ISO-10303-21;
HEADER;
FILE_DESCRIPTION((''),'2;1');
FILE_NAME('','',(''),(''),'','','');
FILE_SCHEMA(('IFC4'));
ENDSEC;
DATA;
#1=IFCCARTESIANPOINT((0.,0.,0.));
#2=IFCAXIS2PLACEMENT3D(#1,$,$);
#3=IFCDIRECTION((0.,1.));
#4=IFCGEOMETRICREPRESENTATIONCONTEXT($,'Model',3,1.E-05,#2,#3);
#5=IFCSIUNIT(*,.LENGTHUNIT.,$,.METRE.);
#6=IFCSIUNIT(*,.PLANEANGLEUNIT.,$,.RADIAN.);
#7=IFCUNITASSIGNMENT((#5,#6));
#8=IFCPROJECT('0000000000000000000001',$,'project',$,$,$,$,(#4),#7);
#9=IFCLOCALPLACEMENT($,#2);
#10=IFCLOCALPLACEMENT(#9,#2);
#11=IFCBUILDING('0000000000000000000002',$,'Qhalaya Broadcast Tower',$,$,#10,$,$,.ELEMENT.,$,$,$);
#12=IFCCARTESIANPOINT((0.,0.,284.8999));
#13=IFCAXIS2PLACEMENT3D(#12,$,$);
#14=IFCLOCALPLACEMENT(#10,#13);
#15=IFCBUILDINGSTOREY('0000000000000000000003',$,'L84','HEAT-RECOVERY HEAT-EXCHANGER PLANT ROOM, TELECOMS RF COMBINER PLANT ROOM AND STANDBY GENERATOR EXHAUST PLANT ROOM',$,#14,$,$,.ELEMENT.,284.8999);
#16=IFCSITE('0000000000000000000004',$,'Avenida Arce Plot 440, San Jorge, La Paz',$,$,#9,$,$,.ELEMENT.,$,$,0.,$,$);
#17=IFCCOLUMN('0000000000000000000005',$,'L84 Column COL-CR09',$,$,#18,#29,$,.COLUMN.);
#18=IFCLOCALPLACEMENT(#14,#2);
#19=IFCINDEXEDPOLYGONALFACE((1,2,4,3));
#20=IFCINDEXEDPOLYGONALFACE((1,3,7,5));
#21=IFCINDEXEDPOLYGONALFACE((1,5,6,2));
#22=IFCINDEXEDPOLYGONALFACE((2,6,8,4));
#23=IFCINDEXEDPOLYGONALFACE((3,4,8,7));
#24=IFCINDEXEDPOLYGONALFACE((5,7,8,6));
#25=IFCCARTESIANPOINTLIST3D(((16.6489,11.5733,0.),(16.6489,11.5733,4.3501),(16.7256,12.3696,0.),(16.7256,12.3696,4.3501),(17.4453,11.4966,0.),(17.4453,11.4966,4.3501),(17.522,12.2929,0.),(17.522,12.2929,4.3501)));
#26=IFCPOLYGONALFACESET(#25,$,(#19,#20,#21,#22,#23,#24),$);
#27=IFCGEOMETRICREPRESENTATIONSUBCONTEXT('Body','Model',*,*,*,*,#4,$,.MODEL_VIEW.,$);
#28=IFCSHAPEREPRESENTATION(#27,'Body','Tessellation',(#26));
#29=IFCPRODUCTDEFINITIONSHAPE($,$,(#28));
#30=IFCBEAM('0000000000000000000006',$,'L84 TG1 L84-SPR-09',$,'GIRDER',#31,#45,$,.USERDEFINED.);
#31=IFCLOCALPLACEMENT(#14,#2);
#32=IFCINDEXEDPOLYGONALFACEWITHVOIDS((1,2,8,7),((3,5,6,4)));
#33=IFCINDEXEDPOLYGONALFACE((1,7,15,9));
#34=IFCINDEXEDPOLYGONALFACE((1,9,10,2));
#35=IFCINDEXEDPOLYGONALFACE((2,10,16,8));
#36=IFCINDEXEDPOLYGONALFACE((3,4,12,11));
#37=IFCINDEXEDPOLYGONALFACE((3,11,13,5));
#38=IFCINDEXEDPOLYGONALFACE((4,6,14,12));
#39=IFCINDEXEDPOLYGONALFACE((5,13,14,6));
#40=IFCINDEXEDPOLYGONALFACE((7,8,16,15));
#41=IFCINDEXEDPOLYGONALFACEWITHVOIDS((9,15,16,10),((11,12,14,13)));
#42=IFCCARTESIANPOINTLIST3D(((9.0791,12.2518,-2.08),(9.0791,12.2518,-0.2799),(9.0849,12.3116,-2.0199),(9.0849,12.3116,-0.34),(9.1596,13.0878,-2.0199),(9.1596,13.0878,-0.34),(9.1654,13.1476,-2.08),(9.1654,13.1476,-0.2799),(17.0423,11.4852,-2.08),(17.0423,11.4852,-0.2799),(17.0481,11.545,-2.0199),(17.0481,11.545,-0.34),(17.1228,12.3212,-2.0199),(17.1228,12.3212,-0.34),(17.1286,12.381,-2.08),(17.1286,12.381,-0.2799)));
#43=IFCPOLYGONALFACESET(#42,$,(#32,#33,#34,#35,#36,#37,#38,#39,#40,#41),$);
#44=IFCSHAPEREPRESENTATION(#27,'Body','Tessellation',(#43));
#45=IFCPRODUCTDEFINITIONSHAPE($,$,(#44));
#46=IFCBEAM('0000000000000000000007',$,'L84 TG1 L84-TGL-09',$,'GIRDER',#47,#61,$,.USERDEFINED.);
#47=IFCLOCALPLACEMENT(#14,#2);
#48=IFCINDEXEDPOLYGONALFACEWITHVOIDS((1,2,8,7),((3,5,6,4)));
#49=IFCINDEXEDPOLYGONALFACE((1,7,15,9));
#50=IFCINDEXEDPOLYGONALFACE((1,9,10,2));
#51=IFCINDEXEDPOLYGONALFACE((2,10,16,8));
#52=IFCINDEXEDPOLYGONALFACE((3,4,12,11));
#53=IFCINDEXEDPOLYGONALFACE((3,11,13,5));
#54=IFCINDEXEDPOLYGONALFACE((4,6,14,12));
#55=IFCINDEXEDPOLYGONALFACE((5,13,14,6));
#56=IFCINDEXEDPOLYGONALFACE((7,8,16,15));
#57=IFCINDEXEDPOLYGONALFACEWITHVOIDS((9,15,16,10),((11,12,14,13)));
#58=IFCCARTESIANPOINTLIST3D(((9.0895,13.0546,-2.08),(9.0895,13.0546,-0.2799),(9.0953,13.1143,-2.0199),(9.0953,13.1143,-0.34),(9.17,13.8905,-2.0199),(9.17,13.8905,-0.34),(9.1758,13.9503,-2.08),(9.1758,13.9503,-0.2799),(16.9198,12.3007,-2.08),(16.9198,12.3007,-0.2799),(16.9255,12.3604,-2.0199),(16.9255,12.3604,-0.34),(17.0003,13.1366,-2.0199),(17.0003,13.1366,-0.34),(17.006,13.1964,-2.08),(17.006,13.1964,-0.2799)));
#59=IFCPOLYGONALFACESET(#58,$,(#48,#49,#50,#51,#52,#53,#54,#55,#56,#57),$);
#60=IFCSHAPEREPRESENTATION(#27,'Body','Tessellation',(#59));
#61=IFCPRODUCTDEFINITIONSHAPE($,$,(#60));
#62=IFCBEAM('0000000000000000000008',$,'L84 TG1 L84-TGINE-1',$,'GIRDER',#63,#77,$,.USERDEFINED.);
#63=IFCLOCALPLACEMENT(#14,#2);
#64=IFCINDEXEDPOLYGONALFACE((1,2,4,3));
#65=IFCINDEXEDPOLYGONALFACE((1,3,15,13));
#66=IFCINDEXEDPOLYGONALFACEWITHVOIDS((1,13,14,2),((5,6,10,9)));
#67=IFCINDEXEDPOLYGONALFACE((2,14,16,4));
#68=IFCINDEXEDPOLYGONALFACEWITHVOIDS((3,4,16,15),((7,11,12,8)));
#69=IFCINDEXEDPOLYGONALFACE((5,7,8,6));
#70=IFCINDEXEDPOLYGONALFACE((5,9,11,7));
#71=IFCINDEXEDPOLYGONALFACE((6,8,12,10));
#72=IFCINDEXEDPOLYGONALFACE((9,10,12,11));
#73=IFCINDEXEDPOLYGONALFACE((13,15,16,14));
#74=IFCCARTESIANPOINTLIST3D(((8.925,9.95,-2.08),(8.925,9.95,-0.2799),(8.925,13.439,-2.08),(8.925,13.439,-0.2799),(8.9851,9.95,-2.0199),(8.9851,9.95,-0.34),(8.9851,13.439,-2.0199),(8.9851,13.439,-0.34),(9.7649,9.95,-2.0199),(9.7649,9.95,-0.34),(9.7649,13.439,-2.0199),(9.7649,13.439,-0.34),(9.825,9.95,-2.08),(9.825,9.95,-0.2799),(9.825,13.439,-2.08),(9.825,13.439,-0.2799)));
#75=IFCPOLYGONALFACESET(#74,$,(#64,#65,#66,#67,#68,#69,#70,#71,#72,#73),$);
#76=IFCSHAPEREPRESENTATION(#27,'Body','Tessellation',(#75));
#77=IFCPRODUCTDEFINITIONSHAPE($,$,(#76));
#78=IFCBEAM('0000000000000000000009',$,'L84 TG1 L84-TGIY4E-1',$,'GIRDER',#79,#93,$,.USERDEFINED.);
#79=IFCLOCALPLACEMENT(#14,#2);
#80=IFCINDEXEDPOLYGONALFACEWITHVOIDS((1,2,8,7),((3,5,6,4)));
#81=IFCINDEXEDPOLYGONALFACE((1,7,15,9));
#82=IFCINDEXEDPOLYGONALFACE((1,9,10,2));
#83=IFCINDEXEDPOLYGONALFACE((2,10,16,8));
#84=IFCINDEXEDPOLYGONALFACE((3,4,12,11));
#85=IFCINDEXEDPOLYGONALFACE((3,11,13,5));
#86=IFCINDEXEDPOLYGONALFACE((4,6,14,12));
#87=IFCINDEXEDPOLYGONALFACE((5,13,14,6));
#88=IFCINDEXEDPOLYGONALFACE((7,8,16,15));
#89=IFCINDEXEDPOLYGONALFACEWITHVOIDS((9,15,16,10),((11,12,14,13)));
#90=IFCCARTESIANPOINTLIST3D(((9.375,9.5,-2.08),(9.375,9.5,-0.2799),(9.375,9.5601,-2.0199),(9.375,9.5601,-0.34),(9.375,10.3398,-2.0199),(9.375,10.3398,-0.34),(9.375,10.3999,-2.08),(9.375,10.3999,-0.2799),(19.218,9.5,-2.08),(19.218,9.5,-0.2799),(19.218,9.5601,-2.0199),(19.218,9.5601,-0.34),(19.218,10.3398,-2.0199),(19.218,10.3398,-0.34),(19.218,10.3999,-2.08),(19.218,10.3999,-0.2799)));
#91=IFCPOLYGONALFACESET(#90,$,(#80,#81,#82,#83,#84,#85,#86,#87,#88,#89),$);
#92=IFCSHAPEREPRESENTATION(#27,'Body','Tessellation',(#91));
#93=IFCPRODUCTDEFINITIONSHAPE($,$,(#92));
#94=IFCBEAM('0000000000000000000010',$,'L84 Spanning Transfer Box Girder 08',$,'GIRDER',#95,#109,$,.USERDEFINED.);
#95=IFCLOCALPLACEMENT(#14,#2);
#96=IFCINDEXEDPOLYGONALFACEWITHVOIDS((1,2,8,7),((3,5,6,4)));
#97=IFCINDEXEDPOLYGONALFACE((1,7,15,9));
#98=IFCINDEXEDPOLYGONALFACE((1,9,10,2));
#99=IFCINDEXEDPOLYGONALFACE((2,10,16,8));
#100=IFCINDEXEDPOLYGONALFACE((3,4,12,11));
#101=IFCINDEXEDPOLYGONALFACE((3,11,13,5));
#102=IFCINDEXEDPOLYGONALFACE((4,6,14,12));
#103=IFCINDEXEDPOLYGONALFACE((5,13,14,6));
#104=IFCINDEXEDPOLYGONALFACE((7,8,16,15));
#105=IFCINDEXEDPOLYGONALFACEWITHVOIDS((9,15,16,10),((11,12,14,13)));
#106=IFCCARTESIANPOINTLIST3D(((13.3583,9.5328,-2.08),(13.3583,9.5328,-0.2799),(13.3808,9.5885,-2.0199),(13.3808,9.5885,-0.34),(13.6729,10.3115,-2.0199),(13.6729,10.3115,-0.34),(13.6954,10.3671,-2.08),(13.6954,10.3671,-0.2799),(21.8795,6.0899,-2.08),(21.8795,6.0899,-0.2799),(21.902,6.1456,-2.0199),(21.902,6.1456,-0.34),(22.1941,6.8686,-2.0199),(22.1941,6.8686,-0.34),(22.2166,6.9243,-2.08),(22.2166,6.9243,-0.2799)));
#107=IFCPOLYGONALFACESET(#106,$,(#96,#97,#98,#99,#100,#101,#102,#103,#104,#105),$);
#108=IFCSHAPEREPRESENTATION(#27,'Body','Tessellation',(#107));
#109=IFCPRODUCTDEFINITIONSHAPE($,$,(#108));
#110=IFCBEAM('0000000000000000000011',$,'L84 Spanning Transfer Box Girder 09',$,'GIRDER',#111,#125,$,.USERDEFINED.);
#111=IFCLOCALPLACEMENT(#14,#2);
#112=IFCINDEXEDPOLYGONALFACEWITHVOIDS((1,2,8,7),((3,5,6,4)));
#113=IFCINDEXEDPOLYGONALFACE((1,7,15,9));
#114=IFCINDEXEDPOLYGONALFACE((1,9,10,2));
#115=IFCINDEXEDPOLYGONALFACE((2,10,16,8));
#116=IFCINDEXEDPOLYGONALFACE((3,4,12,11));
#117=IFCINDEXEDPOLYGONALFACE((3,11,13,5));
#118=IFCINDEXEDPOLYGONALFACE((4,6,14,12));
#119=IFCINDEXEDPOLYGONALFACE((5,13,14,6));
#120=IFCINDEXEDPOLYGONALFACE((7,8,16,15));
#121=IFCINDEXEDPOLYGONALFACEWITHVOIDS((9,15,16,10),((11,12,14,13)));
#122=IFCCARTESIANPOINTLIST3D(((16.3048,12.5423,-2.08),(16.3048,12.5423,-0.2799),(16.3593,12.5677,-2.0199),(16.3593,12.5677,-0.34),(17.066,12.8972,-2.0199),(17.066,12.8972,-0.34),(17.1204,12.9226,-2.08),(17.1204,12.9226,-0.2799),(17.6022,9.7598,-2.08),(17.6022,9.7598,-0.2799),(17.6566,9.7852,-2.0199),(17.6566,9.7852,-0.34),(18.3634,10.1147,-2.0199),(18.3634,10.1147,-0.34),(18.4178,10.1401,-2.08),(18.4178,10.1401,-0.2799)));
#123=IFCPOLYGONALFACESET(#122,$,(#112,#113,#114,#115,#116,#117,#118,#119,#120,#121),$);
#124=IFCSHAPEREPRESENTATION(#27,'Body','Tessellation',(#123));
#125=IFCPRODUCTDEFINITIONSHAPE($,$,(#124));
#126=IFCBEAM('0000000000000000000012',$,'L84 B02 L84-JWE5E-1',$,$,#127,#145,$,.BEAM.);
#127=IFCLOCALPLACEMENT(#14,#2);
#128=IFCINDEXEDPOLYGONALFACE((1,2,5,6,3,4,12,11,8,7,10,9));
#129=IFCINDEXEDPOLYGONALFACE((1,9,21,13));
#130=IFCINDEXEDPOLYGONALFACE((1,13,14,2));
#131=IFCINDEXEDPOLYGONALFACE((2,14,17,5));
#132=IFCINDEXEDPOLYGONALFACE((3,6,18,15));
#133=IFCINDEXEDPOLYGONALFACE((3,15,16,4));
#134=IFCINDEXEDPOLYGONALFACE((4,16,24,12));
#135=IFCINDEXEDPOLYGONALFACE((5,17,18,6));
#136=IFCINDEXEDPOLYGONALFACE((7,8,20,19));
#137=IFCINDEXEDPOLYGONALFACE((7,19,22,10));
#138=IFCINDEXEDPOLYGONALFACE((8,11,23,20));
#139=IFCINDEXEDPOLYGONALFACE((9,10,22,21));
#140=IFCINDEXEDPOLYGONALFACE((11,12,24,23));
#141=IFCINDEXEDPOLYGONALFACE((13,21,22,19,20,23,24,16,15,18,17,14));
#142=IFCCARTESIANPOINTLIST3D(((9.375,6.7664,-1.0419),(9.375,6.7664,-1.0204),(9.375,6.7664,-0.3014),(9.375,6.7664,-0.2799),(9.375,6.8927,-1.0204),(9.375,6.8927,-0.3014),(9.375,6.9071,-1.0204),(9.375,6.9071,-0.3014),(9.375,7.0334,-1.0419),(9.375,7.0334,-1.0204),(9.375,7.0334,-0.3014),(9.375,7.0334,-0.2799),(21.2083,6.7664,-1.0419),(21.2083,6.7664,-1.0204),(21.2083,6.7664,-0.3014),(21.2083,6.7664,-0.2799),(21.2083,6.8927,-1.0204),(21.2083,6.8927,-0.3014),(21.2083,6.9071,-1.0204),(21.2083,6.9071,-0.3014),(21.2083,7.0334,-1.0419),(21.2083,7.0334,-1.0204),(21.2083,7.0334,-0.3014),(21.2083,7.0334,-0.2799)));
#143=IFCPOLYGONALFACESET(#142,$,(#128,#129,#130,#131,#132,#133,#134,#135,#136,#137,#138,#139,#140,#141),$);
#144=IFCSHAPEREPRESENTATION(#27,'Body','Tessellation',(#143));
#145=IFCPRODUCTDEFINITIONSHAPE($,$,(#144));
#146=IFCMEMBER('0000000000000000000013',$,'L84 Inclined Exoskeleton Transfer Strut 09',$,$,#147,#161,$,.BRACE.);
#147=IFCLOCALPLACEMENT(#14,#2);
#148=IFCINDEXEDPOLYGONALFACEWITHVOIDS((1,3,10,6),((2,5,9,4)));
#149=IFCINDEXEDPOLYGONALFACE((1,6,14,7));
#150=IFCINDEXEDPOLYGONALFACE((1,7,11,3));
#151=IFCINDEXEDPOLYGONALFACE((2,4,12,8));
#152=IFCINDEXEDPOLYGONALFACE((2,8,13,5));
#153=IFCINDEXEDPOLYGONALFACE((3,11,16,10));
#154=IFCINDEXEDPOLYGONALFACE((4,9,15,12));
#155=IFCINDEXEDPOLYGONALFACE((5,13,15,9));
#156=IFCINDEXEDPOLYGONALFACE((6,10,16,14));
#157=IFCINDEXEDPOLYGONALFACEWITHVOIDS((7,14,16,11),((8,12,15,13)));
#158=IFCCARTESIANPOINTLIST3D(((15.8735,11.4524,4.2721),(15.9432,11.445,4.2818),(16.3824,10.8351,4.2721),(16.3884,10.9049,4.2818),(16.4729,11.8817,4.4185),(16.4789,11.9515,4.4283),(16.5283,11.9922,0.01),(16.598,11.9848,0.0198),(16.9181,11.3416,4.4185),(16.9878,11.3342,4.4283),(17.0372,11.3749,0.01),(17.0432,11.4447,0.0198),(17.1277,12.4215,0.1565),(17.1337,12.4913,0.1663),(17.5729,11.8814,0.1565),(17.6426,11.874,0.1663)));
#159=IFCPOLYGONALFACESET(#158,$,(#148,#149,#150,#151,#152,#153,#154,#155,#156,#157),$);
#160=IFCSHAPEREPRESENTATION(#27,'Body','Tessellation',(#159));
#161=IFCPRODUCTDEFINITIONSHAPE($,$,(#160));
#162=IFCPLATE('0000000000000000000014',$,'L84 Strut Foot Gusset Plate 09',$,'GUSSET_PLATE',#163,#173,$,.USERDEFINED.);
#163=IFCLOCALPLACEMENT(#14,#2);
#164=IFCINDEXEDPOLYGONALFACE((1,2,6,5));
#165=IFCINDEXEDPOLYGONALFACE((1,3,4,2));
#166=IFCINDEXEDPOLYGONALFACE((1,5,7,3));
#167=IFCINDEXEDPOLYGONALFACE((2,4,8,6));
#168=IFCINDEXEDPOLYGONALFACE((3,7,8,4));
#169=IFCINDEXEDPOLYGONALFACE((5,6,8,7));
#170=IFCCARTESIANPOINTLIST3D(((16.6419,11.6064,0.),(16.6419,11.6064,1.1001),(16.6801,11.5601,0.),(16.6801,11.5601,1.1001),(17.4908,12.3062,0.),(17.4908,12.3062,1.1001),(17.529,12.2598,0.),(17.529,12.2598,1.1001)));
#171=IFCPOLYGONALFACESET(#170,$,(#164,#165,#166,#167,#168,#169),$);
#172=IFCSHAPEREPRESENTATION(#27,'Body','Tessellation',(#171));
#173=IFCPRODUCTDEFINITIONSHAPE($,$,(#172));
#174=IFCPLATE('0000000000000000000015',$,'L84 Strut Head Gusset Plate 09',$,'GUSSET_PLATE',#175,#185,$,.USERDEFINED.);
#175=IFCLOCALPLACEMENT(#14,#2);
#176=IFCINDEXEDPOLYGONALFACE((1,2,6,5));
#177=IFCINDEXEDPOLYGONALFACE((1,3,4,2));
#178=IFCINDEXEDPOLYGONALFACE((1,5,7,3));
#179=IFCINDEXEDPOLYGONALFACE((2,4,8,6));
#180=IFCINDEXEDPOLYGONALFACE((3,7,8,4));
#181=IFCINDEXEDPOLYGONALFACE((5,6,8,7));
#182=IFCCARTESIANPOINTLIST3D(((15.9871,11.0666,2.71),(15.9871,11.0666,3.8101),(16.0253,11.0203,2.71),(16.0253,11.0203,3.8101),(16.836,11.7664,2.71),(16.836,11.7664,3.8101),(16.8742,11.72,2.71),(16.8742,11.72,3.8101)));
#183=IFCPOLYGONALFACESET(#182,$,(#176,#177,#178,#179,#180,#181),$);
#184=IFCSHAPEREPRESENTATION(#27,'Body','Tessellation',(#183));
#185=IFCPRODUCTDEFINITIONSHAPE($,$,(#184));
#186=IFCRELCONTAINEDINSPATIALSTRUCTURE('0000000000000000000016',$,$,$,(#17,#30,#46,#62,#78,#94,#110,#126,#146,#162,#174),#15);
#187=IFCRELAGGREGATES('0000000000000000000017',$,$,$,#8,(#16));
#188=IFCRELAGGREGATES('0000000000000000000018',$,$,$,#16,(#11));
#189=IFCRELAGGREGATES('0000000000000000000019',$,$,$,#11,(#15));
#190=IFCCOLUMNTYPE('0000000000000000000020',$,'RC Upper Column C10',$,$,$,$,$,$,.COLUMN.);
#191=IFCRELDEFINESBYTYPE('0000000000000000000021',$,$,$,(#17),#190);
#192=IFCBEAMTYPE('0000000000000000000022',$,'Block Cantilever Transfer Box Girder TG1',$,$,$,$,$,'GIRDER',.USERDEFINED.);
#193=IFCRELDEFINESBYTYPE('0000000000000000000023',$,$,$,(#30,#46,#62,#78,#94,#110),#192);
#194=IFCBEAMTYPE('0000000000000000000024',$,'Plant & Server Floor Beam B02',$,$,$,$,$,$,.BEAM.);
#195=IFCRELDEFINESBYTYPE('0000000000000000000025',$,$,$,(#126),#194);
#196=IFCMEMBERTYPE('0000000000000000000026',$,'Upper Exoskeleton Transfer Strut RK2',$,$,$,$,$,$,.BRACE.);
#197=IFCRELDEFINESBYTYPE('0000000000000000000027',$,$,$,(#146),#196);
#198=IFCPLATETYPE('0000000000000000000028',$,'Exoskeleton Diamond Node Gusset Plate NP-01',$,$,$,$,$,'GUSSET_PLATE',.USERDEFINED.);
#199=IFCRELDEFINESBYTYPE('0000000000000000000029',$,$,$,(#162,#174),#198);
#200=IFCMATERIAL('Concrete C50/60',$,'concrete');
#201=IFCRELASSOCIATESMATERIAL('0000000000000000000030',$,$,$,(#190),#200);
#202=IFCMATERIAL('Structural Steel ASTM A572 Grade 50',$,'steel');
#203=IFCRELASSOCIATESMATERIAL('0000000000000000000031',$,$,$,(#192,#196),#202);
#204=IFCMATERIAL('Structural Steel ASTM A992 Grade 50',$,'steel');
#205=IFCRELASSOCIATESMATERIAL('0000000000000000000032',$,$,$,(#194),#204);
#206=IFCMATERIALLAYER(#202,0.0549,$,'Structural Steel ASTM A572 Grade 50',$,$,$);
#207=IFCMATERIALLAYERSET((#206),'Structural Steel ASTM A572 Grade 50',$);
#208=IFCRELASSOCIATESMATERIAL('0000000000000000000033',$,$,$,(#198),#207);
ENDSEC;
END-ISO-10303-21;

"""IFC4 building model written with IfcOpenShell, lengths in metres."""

from ifc_helpers import new_model, si_unit, direction, frame, origin, origin_2d, place, context, subcontext, project, spatial, rectangle, hollow_rectangle, i_section, extrude, material, layer, layer_set, material_profile, profile_set, type_object, element, save


model = new_model("IFC4")

# Units and contexts
model_context = context("Model", 3, precision=1e-05, world=origin(), true_north=direction((0.0, 1.0)))
body_context = subcontext(model_context, "Body", "Model", "MODEL_VIEW")
ifc_project = project(units=[si_unit("LENGTHUNIT", "METRE"), si_unit("PLANEANGLEUNIT", "RADIAN")], contexts=[model_context])

# Site, building, storey
site_placement = place(None, origin())
site = spatial("IfcSite", under=ifc_project, at=site_placement, Name="Avenida Arce Plot 440, San Jorge, La Paz", CompositionType="ELEMENT", RefElevation=0.0)
building_placement = place(site_placement, origin())
building = spatial("IfcBuilding", under=site, at=building_placement, Name="Qhalaya Broadcast Tower", CompositionType="ELEMENT")
storey_placement = place(building_placement, frame((0.0, 0.0, 284.8999)))
storey = spatial("IfcBuildingStorey", under=building, at=storey_placement, Name="L84", Description="HEAT-RECOVERY HEAT-EXCHANGER PLANT ROOM, TELECOMS RF COMBINER PLANT ROOM AND STANDBY GENERATOR EXHAUST PLANT ROOM", CompositionType="ELEMENT", Elevation=284.8999)

# Column
ifc_material_1 = material(Name="Concrete C50/60", Category="concrete")
ifc_material_profile_1 = material_profile(ifc_material_1, rectangle(XDim=0.8, YDim=0.8, at=origin_2d()), Name="RC-COL 800x800")
ifc_profile_set_1 = profile_set([ifc_material_profile_1], Name="Concrete C50/60")
column_type = type_object("IfcColumnType", Name="RC Upper Column C10", PredefinedType="COLUMN", material=ifc_profile_set_1)
column_placement = place(storey_placement, frame((17.0854, 11.9331, 0.0), z_axis=(0.0, 0.0, 1.0), x_axis=(0.995396, -0.095846, 0.0)))
element("IfcColumn", 1, at=column_placement, inside=storey, type_object=column_type, Name="L84 Column COL-CR09", PredefinedType="COLUMN", context=body_context, shape_type="SweptSolid", body=[
    extrude(rectangle(XDim=0.8, YDim=0.8, at=origin_2d()), origin(), (0.0, 0.0, 1.0), 4.3501),
])

# Beams
ifc_material_2 = material(Name="Structural Steel ASTM A572 Grade 50", Category="steel")
ifc_material_profile_2 = material_profile(ifc_material_2, hollow_rectangle(XDim=0.8999, YDim=1.8, WallThickness=0.0601, at=origin_2d()), Name="BOX 900x1800x60")
ifc_profile_set_2 = profile_set([ifc_material_profile_2], Name="Structural Steel ASTM A572 Grade 50")
beam_type_1 = type_object("IfcBeamType", Name="Block Cantilever Transfer Box Girder TG1", ElementType="GIRDER", PredefinedType="USERDEFINED", material=ifc_profile_set_2)
beam_1_placement = place(storey_placement, frame((17.0854, 11.9331, -1.1799), z_axis=(-0.995398, 0.095826, 0.0), x_axis=(-0.095826, -0.995398, 0.0)))
element("IfcBeam", 2, at=beam_1_placement, inside=storey, type_object=beam_type_1, Name="L84 TG1 L84-SPR-09", ObjectType="GIRDER", PredefinedType="USERDEFINED", context=body_context, shape_type="SweptSolid", body=[
    extrude(hollow_rectangle(XDim=0.8999, YDim=1.8, WallThickness=0.0601, at=origin_2d()), origin(), (0.0, 0.0, 1.0), 8.0),
])
beam_2_placement = place(storey_placement, frame((16.9629, 12.7485, -1.1799), z_axis=(-0.995397, 0.095837, 0.0), x_axis=(-0.095837, -0.995397, 0.0)))
element("IfcBeam", 3, at=beam_2_placement, inside=storey, type_object=beam_type_1, Name="L84 TG1 L84-TGL-09", ObjectType="GIRDER", PredefinedType="USERDEFINED", context=body_context, shape_type="SweptSolid", body=[
    extrude(hollow_rectangle(XDim=0.8999, YDim=1.8, WallThickness=0.0601, at=origin_2d()), origin(), (0.0, 0.0, 1.0), 7.8665),
])
beam_3_placement = place(storey_placement, frame((9.375, 9.95, -1.1799), z_axis=(0.0, 1.0, 0.0), x_axis=(-1.0, 0.0, 0.0)))
element("IfcBeam", 4, at=beam_3_placement, inside=storey, type_object=beam_type_1, Name="L84 TG1 L84-TGINE-1", ObjectType="GIRDER", PredefinedType="USERDEFINED", context=body_context, shape_type="SweptSolid", body=[
    extrude(hollow_rectangle(XDim=0.8999, YDim=1.8, WallThickness=0.0601, at=origin_2d()), origin(), (0.0, 0.0, 1.0), 3.489),
])
beam_4_placement = place(storey_placement, frame((9.375, 9.95, -1.1799), z_axis=(1.0, 0.0, 0.0), x_axis=(0.0, 1.0, 0.0)))
element("IfcBeam", 5, at=beam_4_placement, inside=storey, type_object=beam_type_1, Name="L84 TG1 L84-TGIY4E-1", ObjectType="GIRDER", PredefinedType="USERDEFINED", context=body_context, shape_type="SweptSolid", body=[
    extrude(hollow_rectangle(XDim=0.8999, YDim=1.8, WallThickness=0.0601, at=origin_2d()), origin(), (0.0, 0.0, 1.0), 9.843),
])
beam_5_placement = place(storey_placement, frame((13.5269, 9.95, -1.1799), z_axis=(0.927181, -0.374613, 0.0), x_axis=(0.374613, 0.927181, 0.0)))
element("IfcBeam", 6, at=beam_5_placement, inside=storey, type_object=beam_type_1, Name="L84 Spanning Transfer Box Girder 08", ObjectType="GIRDER", PredefinedType="USERDEFINED", context=body_context, shape_type="SweptSolid", body=[
    extrude(hollow_rectangle(XDim=0.8999, YDim=1.8, WallThickness=0.0601, at=origin_2d()), origin(), (0.0, 0.0, 1.0), 9.1904),
])
beam_6_placement = place(storey_placement, frame((16.7126, 12.7324, -1.1799), z_axis=(0.422585, -0.906323, 0.0), x_axis=(0.906323, 0.422585, 0.0)))
element("IfcBeam", 7, at=beam_6_placement, inside=storey, type_object=beam_type_1, Name="L84 Spanning Transfer Box Girder 09", ObjectType="GIRDER", PredefinedType="USERDEFINED", context=body_context, shape_type="SweptSolid", body=[
    extrude(hollow_rectangle(XDim=0.8999, YDim=1.8, WallThickness=0.0601, at=origin_2d()), origin(), (0.0, 0.0, 1.0), 3.0701),
])
ifc_material_3 = material(Name="Structural Steel ASTM A992 Grade 50", Category="steel")
ifc_material_profile_3 = material_profile(ifc_material_3, i_section(OverallWidth=0.2671, OverallDepth=0.762, WebThickness=0.0144, FlangeThickness=0.0215, at=origin_2d()), Name="W30X116")
ifc_profile_set_3 = profile_set([ifc_material_profile_3], Name="Structural Steel ASTM A992 Grade 50")
beam_type_2 = type_object("IfcBeamType", Name="Plant & Server Floor Beam B02", PredefinedType="BEAM", material=ifc_profile_set_3)
beam_7_placement = place(storey_placement, frame((9.375, 6.8999, -0.6609), z_axis=(1.0, 0.0, 0.0), x_axis=(0.0, 1.0, 0.0)))
element("IfcBeam", 8, at=beam_7_placement, inside=storey, type_object=beam_type_2, Name="L84 B02 L84-JWE5E-1", PredefinedType="BEAM", context=body_context, shape_type="SweptSolid", body=[
    extrude(i_section(OverallWidth=0.2671, OverallDepth=0.762, WebThickness=0.0144, FlangeThickness=0.0215, at=origin_2d()), origin(), (0.0, 0.0, 1.0), 11.8333),
])

# Member
ifc_material_profile_4 = material_profile(ifc_material_2, hollow_rectangle(XDim=0.8, YDim=0.8, WallThickness=0.05, at=origin_2d()), Name="BOX 800x800x50")
ifc_profile_set_4 = profile_set([ifc_material_profile_4], Name="Structural Steel ASTM A572 Grade 50")
member_type = type_object("IfcMemberType", Name="Upper Exoskeleton Transfer Strut RK2", PredefinedType="BRACE", material=ifc_profile_set_4)
member_placement = place(storey_placement, frame((17.0854, 11.9331, 0.0881), z_axis=(-0.150677, -0.124216, 0.980748), x_axis=(0.6361, -0.771606, 0.0)))
element("IfcMember", 9, at=member_placement, inside=storey, type_object=member_type, Name="L84 Inclined Exoskeleton Transfer Strut 09", PredefinedType="BRACE", context=body_context, shape_type="SweptSolid", body=[
    extrude(hollow_rectangle(XDim=0.8, YDim=0.8, WallThickness=0.05, at=origin_2d()), origin(), (0.0, 0.0, 1.0), 4.3457),
])

# Plates
ifc_layer_1 = layer(ifc_material_2, 0.0549, Name="Structural Steel ASTM A572 Grade 50")
ifc_layer_set_1 = layer_set([ifc_layer_1], Name="Structural Steel ASTM A572 Grade 50")
plate_type_1 = type_object("IfcPlateType", Name="Exoskeleton Diamond Node Gusset Plate NP-01", ElementType="GUSSET_PLATE", PredefinedType="USERDEFINED", material=ifc_layer_set_1)
for number, where, z_axis, x_axis, name in (
    (10, (17.0854, 11.9331, 0.0), (0.0, 0.0, 1.0), (-0.771613, -0.636092, 0.0), "L84 Strut Foot Gusset Plate 09"),
    (11, (16.4307, 11.3933, 2.71), (0.0, 0.0, 1.0), (-0.771613, -0.636092, 0.0), "L84 Strut Head Gusset Plate 09"),
):
    element("IfcPlate", number, at=place(storey_placement, frame(where, z_axis=z_axis, x_axis=x_axis)), inside=storey, type_object=plate_type_1, Name=name, ObjectType="GUSSET_PLATE", PredefinedType="USERDEFINED", context=body_context, shape_type="SweptSolid", body=[
        extrude(rectangle(XDim=1.1001, YDim=0.0601, at=origin_2d()), origin(), (0.0, 0.0, 1.0), 1.1001),
    ])

save(model, "model.ifc")
